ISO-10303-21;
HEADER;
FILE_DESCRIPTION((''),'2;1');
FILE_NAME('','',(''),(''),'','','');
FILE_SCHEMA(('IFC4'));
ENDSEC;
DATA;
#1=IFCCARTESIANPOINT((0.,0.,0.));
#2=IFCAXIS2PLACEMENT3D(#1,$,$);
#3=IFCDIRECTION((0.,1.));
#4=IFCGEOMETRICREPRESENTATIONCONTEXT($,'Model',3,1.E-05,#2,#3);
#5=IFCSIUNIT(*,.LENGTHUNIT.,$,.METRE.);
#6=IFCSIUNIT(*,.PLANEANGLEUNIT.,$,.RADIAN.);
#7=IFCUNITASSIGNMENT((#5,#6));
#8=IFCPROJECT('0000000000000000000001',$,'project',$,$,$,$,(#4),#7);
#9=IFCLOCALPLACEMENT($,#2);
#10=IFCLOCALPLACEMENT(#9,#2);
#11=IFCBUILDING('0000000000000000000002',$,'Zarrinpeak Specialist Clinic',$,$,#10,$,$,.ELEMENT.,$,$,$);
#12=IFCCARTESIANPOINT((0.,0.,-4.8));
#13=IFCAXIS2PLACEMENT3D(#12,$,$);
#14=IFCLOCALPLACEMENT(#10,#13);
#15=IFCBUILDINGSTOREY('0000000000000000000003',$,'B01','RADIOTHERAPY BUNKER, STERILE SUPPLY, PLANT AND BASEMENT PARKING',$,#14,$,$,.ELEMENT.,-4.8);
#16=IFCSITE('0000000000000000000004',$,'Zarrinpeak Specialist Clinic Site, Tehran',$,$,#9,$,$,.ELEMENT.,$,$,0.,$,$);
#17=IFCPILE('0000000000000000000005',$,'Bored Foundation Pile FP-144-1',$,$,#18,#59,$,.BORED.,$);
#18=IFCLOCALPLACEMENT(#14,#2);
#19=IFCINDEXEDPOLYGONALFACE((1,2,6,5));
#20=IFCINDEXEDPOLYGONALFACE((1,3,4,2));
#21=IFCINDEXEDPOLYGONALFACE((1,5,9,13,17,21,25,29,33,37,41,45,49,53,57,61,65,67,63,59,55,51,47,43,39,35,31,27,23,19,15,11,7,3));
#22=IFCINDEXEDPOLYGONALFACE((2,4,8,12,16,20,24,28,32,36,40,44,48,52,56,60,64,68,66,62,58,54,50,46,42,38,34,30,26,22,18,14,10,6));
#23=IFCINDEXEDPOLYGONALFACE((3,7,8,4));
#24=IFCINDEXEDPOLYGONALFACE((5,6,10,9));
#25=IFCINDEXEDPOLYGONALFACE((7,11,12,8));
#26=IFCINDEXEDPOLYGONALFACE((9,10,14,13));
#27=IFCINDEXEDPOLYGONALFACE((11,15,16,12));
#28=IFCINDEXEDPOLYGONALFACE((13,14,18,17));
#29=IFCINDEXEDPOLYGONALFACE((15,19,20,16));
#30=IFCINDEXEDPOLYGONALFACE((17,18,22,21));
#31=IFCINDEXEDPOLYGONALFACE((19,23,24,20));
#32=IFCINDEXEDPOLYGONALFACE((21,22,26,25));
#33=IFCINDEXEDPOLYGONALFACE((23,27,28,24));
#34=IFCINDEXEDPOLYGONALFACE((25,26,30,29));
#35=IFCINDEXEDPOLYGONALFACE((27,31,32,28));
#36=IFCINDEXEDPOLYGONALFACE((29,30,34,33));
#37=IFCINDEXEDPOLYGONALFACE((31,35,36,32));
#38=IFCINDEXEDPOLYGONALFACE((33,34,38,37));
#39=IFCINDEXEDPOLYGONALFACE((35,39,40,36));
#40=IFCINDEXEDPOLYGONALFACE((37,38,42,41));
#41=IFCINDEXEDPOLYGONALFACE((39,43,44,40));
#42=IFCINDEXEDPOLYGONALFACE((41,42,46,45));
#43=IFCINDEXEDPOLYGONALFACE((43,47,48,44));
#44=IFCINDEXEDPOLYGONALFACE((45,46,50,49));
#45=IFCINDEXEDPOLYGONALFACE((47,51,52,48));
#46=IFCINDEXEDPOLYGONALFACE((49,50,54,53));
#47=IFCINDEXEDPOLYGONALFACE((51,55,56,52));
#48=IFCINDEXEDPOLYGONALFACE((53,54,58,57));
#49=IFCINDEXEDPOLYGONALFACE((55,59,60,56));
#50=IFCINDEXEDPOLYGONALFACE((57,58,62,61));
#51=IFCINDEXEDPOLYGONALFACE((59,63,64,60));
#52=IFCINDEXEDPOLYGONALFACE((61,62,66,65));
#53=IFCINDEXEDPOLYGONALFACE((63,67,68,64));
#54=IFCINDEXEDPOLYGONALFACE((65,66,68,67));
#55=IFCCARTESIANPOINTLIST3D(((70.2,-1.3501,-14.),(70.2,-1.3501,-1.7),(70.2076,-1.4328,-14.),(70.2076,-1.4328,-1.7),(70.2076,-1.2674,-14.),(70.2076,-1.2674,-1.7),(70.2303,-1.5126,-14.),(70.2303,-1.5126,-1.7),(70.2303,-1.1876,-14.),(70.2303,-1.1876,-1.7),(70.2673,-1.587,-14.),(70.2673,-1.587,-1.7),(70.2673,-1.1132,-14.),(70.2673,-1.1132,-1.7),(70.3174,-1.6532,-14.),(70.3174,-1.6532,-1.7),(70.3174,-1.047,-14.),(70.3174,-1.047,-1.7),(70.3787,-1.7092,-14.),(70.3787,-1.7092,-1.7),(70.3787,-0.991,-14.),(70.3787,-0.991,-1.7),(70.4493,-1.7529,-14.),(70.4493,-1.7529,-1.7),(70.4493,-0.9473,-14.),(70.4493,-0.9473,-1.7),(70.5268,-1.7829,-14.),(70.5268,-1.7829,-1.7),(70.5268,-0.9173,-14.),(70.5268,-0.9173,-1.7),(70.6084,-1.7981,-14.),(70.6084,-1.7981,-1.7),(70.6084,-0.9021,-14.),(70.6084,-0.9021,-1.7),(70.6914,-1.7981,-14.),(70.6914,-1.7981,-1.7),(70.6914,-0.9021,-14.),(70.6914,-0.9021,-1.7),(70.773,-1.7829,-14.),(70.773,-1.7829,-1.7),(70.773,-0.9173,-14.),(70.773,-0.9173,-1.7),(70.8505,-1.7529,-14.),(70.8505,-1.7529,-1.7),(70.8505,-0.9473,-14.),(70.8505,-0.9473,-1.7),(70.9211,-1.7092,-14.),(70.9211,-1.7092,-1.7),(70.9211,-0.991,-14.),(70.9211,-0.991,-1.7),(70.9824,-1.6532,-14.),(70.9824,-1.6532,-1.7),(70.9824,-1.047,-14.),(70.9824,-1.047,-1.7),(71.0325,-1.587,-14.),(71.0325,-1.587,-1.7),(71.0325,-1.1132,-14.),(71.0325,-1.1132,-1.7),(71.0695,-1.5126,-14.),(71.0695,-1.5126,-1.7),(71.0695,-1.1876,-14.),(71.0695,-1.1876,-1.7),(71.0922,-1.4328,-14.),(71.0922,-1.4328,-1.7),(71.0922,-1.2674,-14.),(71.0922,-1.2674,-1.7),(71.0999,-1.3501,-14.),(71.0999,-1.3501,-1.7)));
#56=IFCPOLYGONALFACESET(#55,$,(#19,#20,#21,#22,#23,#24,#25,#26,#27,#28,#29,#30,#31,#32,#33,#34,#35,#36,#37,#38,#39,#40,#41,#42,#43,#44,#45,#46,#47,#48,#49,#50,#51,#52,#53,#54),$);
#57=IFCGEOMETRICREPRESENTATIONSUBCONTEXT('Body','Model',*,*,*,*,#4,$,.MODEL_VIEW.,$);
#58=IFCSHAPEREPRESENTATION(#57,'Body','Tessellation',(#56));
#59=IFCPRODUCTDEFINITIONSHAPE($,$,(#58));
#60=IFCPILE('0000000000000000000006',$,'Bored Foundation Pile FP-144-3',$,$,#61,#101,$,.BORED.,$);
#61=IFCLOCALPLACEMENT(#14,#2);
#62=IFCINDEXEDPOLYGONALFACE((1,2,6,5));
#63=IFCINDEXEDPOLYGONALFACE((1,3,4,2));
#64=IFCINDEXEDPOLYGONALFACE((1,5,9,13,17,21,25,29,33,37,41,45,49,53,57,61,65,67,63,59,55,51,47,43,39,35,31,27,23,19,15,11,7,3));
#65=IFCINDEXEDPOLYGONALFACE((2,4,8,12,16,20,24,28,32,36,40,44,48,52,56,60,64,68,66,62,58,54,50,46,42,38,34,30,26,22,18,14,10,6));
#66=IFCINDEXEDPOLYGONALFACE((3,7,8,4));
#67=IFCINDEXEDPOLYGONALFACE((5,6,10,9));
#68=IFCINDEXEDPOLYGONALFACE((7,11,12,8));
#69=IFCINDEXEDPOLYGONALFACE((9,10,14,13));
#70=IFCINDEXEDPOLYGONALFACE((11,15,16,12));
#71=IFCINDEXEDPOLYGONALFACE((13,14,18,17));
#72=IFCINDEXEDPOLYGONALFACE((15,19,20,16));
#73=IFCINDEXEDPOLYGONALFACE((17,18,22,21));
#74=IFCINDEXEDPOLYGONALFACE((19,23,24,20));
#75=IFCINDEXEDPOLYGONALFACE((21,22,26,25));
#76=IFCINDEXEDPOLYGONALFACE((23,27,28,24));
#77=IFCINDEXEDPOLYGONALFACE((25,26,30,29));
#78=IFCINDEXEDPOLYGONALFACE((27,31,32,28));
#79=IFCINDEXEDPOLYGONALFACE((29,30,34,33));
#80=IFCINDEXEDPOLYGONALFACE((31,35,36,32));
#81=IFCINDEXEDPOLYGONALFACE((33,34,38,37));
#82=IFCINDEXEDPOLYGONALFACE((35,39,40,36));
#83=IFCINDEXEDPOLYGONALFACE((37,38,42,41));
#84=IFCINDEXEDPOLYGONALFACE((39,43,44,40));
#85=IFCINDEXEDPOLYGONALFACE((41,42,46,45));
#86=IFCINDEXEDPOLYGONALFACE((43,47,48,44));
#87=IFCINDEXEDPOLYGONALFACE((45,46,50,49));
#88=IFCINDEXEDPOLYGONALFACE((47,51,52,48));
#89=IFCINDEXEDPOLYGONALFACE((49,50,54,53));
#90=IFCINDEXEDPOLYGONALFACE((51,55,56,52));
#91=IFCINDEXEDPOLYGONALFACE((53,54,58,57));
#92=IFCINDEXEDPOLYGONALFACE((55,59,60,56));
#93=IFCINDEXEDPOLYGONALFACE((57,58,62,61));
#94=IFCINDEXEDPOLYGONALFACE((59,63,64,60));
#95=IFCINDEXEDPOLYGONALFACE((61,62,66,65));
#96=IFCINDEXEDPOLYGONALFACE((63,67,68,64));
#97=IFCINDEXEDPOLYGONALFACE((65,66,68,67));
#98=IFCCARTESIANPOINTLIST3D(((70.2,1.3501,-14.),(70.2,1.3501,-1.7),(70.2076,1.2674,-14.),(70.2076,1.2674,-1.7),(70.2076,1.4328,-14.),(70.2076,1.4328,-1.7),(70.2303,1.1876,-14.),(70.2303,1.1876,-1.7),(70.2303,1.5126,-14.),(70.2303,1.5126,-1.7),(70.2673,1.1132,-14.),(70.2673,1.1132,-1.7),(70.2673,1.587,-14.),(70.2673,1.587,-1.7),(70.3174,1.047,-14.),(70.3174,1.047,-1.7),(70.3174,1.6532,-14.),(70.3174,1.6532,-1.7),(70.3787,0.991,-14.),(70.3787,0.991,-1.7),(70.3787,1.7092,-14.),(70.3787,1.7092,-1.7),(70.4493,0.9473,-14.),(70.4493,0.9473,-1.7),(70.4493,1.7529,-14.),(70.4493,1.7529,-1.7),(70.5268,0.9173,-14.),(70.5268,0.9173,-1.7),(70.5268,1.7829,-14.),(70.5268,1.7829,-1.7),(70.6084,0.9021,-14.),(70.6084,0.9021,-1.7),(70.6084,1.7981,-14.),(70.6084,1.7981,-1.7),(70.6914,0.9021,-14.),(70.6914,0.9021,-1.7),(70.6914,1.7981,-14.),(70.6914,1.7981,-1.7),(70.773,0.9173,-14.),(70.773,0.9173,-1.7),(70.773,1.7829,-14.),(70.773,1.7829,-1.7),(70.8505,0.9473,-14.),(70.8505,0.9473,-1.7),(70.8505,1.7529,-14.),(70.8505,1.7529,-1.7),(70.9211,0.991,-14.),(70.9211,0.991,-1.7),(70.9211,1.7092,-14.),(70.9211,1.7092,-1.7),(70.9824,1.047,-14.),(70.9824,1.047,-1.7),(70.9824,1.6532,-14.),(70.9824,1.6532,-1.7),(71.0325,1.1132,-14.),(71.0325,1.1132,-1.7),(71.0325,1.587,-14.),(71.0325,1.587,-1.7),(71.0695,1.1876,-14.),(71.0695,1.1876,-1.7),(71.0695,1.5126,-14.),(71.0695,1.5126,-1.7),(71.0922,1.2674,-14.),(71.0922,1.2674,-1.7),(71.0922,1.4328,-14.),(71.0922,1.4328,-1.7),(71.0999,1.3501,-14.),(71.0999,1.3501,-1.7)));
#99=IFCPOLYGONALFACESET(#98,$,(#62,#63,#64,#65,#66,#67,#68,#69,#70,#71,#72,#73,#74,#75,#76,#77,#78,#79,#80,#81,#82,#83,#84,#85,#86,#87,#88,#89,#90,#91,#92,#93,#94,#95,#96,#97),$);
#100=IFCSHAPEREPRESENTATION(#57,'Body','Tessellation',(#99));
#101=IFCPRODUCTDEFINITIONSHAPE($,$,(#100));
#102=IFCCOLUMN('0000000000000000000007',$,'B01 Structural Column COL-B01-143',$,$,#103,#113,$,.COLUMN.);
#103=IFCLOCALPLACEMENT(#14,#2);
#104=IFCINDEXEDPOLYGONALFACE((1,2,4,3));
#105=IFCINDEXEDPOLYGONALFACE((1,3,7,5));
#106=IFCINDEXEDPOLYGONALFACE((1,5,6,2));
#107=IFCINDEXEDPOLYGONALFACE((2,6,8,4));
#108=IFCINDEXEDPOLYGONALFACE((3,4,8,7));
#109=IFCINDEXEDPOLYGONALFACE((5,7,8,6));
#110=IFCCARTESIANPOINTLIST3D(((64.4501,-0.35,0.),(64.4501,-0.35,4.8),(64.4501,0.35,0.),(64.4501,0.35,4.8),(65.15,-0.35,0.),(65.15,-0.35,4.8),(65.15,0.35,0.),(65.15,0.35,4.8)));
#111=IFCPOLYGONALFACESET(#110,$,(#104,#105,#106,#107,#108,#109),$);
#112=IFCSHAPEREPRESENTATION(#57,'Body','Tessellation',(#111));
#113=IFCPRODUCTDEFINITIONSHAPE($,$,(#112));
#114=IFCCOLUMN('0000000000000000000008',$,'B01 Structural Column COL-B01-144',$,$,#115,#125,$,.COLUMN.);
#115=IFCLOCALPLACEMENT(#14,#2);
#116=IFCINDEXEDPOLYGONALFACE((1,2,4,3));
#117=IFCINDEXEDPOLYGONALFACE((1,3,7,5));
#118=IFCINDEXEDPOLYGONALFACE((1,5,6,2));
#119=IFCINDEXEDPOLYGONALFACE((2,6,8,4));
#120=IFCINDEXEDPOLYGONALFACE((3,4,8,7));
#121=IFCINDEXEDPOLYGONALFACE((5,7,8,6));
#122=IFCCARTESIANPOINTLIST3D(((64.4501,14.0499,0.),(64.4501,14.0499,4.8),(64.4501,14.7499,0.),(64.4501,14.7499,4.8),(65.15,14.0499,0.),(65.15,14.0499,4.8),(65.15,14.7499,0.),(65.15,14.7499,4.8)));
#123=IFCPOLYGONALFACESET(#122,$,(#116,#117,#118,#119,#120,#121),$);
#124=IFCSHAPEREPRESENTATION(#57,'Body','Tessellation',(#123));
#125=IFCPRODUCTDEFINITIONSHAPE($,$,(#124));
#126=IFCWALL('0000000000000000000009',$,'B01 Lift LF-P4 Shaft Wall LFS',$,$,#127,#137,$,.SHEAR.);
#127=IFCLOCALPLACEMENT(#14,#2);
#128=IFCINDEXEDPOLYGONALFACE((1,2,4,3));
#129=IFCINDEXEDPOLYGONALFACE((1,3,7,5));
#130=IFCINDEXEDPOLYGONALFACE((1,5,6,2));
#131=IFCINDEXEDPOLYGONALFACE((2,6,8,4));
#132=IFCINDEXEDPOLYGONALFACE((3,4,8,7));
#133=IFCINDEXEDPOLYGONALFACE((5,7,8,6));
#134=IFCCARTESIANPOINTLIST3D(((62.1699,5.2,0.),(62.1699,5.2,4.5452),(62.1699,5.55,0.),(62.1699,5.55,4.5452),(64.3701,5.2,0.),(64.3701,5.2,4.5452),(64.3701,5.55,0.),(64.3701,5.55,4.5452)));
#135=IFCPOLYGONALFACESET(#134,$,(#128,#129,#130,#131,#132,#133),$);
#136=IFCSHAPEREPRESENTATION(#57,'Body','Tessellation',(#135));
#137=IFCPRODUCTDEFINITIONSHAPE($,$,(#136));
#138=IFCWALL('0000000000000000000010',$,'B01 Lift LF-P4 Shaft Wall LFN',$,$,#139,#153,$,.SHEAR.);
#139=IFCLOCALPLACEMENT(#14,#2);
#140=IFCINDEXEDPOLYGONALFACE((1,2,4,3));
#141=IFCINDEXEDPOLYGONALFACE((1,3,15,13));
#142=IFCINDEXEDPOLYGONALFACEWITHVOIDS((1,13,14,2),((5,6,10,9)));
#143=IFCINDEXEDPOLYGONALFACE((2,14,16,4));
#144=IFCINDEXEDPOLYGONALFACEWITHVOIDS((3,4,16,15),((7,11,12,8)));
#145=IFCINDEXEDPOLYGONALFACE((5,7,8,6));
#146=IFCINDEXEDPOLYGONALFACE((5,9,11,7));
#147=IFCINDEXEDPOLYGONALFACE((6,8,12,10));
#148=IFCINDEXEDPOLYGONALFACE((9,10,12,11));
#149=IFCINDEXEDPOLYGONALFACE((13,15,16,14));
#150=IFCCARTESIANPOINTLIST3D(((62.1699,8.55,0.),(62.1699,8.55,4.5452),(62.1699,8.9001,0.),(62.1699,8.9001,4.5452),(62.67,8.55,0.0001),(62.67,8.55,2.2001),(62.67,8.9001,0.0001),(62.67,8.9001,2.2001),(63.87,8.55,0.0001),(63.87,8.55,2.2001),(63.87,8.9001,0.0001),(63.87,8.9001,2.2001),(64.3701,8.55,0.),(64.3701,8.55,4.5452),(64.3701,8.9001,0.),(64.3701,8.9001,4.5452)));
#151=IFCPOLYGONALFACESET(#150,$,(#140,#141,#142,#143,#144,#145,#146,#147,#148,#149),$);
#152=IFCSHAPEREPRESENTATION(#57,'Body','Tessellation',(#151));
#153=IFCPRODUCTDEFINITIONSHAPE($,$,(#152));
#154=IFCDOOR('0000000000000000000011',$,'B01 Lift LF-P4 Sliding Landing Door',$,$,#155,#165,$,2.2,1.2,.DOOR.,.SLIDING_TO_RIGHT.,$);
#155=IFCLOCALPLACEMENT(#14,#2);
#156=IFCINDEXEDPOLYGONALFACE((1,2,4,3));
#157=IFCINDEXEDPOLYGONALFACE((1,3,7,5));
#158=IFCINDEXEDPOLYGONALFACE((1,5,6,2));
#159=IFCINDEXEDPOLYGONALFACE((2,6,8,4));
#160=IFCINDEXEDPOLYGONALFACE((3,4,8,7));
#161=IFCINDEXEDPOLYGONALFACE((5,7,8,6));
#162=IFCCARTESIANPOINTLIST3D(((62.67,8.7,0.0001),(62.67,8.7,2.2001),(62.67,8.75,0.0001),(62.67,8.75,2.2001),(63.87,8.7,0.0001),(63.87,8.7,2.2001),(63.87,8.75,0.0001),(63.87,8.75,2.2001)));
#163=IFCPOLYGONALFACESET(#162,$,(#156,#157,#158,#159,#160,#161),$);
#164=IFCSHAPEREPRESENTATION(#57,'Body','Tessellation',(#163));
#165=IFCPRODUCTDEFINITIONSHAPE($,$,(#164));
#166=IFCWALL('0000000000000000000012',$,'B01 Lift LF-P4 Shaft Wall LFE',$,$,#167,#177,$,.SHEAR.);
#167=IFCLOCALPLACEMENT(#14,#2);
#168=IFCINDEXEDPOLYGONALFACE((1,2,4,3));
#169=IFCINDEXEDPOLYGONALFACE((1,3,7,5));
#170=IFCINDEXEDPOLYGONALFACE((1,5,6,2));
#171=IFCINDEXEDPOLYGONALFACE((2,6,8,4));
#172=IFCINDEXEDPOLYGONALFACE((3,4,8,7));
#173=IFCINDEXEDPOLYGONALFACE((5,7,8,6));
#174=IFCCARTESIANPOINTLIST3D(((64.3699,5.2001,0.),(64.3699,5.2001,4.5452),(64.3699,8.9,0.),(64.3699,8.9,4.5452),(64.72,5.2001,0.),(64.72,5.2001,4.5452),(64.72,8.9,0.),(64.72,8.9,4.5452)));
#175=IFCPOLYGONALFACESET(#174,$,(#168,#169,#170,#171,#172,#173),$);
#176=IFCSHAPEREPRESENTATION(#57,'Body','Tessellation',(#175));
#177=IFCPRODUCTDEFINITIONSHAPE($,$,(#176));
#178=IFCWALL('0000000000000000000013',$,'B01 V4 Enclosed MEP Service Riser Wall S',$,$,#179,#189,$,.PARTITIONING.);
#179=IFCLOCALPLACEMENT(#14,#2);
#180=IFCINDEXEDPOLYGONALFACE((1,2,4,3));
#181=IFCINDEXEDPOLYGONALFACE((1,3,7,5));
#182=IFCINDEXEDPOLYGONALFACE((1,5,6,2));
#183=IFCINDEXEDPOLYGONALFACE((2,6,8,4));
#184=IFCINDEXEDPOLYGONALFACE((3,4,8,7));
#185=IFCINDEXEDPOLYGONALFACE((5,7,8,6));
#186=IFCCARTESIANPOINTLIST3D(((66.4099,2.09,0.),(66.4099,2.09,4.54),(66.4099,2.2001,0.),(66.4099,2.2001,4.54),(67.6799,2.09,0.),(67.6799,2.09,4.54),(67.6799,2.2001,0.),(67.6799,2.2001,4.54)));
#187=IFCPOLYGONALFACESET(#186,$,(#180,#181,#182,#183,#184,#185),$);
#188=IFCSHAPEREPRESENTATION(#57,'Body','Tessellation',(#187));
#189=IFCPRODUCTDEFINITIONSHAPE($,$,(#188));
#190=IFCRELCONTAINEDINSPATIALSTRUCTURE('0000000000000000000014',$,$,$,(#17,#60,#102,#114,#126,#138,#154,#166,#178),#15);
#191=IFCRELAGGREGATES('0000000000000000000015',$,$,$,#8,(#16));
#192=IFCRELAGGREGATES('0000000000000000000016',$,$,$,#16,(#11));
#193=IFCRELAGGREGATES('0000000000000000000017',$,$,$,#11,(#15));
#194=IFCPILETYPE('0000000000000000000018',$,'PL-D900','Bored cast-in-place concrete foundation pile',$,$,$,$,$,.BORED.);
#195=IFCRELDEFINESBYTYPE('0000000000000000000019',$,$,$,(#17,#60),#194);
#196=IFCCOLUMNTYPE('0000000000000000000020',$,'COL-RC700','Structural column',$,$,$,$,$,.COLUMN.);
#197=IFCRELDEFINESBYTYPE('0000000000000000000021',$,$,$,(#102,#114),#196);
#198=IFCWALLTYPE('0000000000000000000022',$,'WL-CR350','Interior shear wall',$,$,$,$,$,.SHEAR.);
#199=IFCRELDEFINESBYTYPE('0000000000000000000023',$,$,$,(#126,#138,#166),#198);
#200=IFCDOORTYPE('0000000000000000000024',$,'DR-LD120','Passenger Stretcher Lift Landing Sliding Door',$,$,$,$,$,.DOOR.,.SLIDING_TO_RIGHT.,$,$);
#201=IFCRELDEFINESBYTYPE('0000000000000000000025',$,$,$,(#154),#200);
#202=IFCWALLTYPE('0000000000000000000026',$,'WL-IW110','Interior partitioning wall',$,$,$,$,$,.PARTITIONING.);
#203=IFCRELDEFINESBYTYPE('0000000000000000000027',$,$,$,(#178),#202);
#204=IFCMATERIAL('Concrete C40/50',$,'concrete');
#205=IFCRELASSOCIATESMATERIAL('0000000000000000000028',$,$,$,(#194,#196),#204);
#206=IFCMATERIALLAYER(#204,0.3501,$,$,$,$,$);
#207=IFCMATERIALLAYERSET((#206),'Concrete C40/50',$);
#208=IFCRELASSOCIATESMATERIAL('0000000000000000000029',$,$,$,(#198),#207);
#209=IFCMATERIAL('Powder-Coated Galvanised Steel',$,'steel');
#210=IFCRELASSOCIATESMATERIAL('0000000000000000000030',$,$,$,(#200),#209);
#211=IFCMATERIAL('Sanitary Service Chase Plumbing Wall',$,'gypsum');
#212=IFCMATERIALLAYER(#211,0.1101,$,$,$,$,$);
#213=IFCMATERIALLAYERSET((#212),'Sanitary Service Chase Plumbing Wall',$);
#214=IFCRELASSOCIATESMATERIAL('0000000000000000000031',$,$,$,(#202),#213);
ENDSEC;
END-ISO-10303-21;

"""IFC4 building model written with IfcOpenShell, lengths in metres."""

from ifc_helpers import new_model, si_unit, direction, frame, frame_2d, origin, origin_2d, place, context, subcontext, project, spatial, rectangle, circle, extrude, material, layer, layer_set, material_profile, profile_set, type_object, element, fill, save


model = new_model("IFC4")

# Units and contexts
model_context = context("Model", 3, precision=1e-05, world=origin(), true_north=direction((0.0, 1.0)))
body_context = subcontext(model_context, "Body", "Model", "MODEL_VIEW")
ifc_project = project(units=[si_unit("LENGTHUNIT", "METRE"), si_unit("PLANEANGLEUNIT", "RADIAN")], contexts=[model_context])

# Site, building, storey
site_placement = place(None, origin())
site = spatial("IfcSite", under=ifc_project, at=site_placement, Name="Zarrinpeak Specialist Clinic Site, Tehran", CompositionType="ELEMENT", RefElevation=0.0)
building_placement = place(site_placement, origin())
building = spatial("IfcBuilding", under=site, at=building_placement, Name="Zarrinpeak Specialist Clinic", CompositionType="ELEMENT")
storey_placement = place(building_placement, frame((0.0, 0.0, -4.8)))
storey = spatial("IfcBuildingStorey", under=building, at=storey_placement, Name="B01", Description="RADIOTHERAPY BUNKER, STERILE SUPPLY, PLANT AND BASEMENT PARKING", CompositionType="ELEMENT", Elevation=-4.8)

# Shared definitions
ifc_material_1 = material(Name="Concrete C40/50", Category="concrete")

# Piles
ifc_material_profile_1 = material_profile(ifc_material_1, circle(Radius=0.45, at=origin_2d()), Name="BORED PILE D900")
ifc_profile_set_1 = profile_set([ifc_material_profile_1], Name="Concrete C40/50")
pile_type = type_object("IfcPileType", Name="PL-D900", Description="Bored cast-in-place concrete foundation pile", PredefinedType="BORED", material=ifc_profile_set_1)
for number, where, z_axis, x_axis, name in (
    (1, (70.6499, -1.3501, -1.7), (0.0, 0.0, -1.0), (1.0, 0.0, 0.0), "Bored Foundation Pile FP-144-1"),
    (2, (70.6499, 1.3501, -1.7), (0.0, 0.0, -1.0), (1.0, 0.0, 0.0), "Bored Foundation Pile FP-144-3"),
):
    element("IfcPile", number, at=place(storey_placement, frame(where, z_axis=z_axis, x_axis=x_axis)), inside=storey, type_object=pile_type, Name=name, PredefinedType="BORED", context=body_context, shape_type="SweptSolid", body=[
        extrude(circle(Radius=0.45, at=origin_2d()), origin(), (0.0, 0.0, 1.0), 12.3),
    ])

# Columns
ifc_material_profile_2 = material_profile(ifc_material_1, rectangle(XDim=0.7, YDim=0.7, at=origin_2d()), Name="RC 700x700")
ifc_profile_set_2 = profile_set([ifc_material_profile_2], Name="Concrete C40/50")
column_type = type_object("IfcColumnType", Name="COL-RC700", Description="Structural column", PredefinedType="COLUMN", material=ifc_profile_set_2)
for number, where, z_axis, x_axis, name in (
    (3, (64.8, 0.0, 0.0), (0.0, 0.0, 1.0), (1.0, 0.0, 0.0), "B01 Structural Column COL-B01-143"),
    (4, (64.8, 14.3999, 0.0), (0.0, 0.0, 1.0), (1.0, 0.0, 0.0), "B01 Structural Column COL-B01-144"),
):
    element("IfcColumn", number, at=place(storey_placement, frame(where, z_axis=z_axis, x_axis=x_axis)), inside=storey, type_object=column_type, Name=name, PredefinedType="COLUMN", context=body_context, shape_type="SweptSolid", body=[
        extrude(rectangle(XDim=0.7, YDim=0.7, at=origin_2d()), origin(), (0.0, 0.0, 1.0), 4.8),
    ])

# Wall
ifc_layer_1 = layer(ifc_material_1, 0.3501)
ifc_layer_set_1 = layer_set([ifc_layer_1], Name="Concrete C40/50")
wall_type_1 = type_object("IfcWallType", Name="WL-CR350", Description="Interior shear wall", PredefinedType="SHEAR", material=ifc_layer_set_1)
wall_1_placement = place(storey_placement, frame((62.1699, 5.375, 0.0), z_axis=(0.0, 0.0, 1.0), x_axis=(1.0, 0.0, 0.0)))
element("IfcWall", 5, at=wall_1_placement, inside=storey, type_object=wall_type_1, Name="B01 Lift LF-P4 Shaft Wall LFS", PredefinedType="SHEAR", context=body_context, shape_type="SweptSolid", body=[
    extrude(rectangle(XDim=2.2002, YDim=0.3501, at=frame_2d((1.1001, 0.0))), origin(), (0.0, 0.0, 1.0), 4.5452),
])

# Wall, opening, door
wall_2_placement = place(storey_placement, frame((62.1699, 8.7251, 0.0), z_axis=(0.0, 0.0, 1.0), x_axis=(1.0, 0.0, 0.0)))
wall_2 = element("IfcWall", 6, at=wall_2_placement, inside=storey, type_object=wall_type_1, Name="B01 Lift LF-P4 Shaft Wall LFN", PredefinedType="SHEAR", context=body_context, shape_type="SweptSolid", body=[
    extrude(rectangle(XDim=2.2002, YDim=0.3501, at=frame_2d((1.1001, 0.0))), origin(), (0.0, 0.0, 1.0), 4.5452),
])
opening_1_placement = place(wall_2_placement, frame((0.5, 0.0, 0.0)))
opening_1 = element("IfcOpeningElement", 7, at=opening_1_placement, cuts=wall_2, PredefinedType="OPENING", context=body_context, shape_type="SweptSolid", body=[
    extrude(rectangle(XDim=1.2, YDim=2.2, at=frame_2d((0.6001, 1.1001))), frame((0.0, 0.1851, 0.0), z_axis=(0.0, -1.0, 0.0), x_axis=(1.0, 0.0, 0.0)), (0.0, 0.0, 1.0), 0.3701),
])
ifc_material_2 = material(Name="Powder-Coated Galvanised Steel", Category="steel")
door_type_1 = type_object("IfcDoorType", Name="DR-LD120", Description="Passenger Stretcher Lift Landing Sliding Door", OperationType="SLIDING_TO_RIGHT", PredefinedType="DOOR", material=ifc_material_2)
door_1_placement = place(opening_1_placement, origin())
door_1 = element("IfcDoor", 8, at=door_1_placement, inside=storey, type_object=door_type_1, Name="B01 Lift LF-P4 Sliding Landing Door", OperationType="SLIDING_TO_RIGHT", OverallHeight=2.2, OverallWidth=1.2, PredefinedType="DOOR", context=body_context, shape_type="SweptSolid", body=[
    extrude(rectangle(XDim=1.2, YDim=2.2, at=frame_2d((0.6001, 1.1001))), frame((0.0, 0.0249, 0.0), z_axis=(0.0, -1.0, 0.0), x_axis=(1.0, 0.0, 0.0)), (0.0, 0.0, 1.0), 0.05),
])
fill(opening_1, door_1)

# Walls
wall_3_placement = place(storey_placement, frame((64.5449, 5.2, 0.0), z_axis=(0.0, 0.0, 1.0), x_axis=(0.0, 1.0, 0.0)))
element("IfcWall", 9, at=wall_3_placement, inside=storey, type_object=wall_type_1, Name="B01 Lift LF-P4 Shaft Wall LFE", PredefinedType="SHEAR", context=body_context, shape_type="SweptSolid", body=[
    extrude(rectangle(XDim=3.7, YDim=0.3501, at=frame_2d((1.8501, 0.0))), origin(), (0.0, 0.0, 1.0), 4.5452),
])
ifc_material_3 = material(Name="Sanitary Service Chase Plumbing Wall", Category="gypsum")
ifc_layer_2 = layer(ifc_material_3, 0.1101)
ifc_layer_set_2 = layer_set([ifc_layer_2], Name="Sanitary Service Chase Plumbing Wall")
wall_type_2 = type_object("IfcWallType", Name="WL-IW110", Description="Interior partitioning wall", PredefinedType="PARTITIONING", material=ifc_layer_set_2)
for number, where, z_axis, x_axis, name in (
    (10, (66.4099, 2.145, 0.0), (0.0, 0.0, 1.0), (1.0, 0.0, 0.0), "B01 V4 Enclosed MEP Service Riser Wall S"),
):
    element("IfcWall", number, at=place(storey_placement, frame(where, z_axis=z_axis, x_axis=x_axis)), inside=storey, type_object=wall_type_2, Name=name, PredefinedType="PARTITIONING", context=body_context, shape_type="SweptSolid", body=[
        extrude(rectangle(XDim=1.27, YDim=0.1101, at=frame_2d((0.635, 0.0))), origin(), (0.0, 0.0, 1.0), 4.54),
    ])

save(model, "model.ifc")
